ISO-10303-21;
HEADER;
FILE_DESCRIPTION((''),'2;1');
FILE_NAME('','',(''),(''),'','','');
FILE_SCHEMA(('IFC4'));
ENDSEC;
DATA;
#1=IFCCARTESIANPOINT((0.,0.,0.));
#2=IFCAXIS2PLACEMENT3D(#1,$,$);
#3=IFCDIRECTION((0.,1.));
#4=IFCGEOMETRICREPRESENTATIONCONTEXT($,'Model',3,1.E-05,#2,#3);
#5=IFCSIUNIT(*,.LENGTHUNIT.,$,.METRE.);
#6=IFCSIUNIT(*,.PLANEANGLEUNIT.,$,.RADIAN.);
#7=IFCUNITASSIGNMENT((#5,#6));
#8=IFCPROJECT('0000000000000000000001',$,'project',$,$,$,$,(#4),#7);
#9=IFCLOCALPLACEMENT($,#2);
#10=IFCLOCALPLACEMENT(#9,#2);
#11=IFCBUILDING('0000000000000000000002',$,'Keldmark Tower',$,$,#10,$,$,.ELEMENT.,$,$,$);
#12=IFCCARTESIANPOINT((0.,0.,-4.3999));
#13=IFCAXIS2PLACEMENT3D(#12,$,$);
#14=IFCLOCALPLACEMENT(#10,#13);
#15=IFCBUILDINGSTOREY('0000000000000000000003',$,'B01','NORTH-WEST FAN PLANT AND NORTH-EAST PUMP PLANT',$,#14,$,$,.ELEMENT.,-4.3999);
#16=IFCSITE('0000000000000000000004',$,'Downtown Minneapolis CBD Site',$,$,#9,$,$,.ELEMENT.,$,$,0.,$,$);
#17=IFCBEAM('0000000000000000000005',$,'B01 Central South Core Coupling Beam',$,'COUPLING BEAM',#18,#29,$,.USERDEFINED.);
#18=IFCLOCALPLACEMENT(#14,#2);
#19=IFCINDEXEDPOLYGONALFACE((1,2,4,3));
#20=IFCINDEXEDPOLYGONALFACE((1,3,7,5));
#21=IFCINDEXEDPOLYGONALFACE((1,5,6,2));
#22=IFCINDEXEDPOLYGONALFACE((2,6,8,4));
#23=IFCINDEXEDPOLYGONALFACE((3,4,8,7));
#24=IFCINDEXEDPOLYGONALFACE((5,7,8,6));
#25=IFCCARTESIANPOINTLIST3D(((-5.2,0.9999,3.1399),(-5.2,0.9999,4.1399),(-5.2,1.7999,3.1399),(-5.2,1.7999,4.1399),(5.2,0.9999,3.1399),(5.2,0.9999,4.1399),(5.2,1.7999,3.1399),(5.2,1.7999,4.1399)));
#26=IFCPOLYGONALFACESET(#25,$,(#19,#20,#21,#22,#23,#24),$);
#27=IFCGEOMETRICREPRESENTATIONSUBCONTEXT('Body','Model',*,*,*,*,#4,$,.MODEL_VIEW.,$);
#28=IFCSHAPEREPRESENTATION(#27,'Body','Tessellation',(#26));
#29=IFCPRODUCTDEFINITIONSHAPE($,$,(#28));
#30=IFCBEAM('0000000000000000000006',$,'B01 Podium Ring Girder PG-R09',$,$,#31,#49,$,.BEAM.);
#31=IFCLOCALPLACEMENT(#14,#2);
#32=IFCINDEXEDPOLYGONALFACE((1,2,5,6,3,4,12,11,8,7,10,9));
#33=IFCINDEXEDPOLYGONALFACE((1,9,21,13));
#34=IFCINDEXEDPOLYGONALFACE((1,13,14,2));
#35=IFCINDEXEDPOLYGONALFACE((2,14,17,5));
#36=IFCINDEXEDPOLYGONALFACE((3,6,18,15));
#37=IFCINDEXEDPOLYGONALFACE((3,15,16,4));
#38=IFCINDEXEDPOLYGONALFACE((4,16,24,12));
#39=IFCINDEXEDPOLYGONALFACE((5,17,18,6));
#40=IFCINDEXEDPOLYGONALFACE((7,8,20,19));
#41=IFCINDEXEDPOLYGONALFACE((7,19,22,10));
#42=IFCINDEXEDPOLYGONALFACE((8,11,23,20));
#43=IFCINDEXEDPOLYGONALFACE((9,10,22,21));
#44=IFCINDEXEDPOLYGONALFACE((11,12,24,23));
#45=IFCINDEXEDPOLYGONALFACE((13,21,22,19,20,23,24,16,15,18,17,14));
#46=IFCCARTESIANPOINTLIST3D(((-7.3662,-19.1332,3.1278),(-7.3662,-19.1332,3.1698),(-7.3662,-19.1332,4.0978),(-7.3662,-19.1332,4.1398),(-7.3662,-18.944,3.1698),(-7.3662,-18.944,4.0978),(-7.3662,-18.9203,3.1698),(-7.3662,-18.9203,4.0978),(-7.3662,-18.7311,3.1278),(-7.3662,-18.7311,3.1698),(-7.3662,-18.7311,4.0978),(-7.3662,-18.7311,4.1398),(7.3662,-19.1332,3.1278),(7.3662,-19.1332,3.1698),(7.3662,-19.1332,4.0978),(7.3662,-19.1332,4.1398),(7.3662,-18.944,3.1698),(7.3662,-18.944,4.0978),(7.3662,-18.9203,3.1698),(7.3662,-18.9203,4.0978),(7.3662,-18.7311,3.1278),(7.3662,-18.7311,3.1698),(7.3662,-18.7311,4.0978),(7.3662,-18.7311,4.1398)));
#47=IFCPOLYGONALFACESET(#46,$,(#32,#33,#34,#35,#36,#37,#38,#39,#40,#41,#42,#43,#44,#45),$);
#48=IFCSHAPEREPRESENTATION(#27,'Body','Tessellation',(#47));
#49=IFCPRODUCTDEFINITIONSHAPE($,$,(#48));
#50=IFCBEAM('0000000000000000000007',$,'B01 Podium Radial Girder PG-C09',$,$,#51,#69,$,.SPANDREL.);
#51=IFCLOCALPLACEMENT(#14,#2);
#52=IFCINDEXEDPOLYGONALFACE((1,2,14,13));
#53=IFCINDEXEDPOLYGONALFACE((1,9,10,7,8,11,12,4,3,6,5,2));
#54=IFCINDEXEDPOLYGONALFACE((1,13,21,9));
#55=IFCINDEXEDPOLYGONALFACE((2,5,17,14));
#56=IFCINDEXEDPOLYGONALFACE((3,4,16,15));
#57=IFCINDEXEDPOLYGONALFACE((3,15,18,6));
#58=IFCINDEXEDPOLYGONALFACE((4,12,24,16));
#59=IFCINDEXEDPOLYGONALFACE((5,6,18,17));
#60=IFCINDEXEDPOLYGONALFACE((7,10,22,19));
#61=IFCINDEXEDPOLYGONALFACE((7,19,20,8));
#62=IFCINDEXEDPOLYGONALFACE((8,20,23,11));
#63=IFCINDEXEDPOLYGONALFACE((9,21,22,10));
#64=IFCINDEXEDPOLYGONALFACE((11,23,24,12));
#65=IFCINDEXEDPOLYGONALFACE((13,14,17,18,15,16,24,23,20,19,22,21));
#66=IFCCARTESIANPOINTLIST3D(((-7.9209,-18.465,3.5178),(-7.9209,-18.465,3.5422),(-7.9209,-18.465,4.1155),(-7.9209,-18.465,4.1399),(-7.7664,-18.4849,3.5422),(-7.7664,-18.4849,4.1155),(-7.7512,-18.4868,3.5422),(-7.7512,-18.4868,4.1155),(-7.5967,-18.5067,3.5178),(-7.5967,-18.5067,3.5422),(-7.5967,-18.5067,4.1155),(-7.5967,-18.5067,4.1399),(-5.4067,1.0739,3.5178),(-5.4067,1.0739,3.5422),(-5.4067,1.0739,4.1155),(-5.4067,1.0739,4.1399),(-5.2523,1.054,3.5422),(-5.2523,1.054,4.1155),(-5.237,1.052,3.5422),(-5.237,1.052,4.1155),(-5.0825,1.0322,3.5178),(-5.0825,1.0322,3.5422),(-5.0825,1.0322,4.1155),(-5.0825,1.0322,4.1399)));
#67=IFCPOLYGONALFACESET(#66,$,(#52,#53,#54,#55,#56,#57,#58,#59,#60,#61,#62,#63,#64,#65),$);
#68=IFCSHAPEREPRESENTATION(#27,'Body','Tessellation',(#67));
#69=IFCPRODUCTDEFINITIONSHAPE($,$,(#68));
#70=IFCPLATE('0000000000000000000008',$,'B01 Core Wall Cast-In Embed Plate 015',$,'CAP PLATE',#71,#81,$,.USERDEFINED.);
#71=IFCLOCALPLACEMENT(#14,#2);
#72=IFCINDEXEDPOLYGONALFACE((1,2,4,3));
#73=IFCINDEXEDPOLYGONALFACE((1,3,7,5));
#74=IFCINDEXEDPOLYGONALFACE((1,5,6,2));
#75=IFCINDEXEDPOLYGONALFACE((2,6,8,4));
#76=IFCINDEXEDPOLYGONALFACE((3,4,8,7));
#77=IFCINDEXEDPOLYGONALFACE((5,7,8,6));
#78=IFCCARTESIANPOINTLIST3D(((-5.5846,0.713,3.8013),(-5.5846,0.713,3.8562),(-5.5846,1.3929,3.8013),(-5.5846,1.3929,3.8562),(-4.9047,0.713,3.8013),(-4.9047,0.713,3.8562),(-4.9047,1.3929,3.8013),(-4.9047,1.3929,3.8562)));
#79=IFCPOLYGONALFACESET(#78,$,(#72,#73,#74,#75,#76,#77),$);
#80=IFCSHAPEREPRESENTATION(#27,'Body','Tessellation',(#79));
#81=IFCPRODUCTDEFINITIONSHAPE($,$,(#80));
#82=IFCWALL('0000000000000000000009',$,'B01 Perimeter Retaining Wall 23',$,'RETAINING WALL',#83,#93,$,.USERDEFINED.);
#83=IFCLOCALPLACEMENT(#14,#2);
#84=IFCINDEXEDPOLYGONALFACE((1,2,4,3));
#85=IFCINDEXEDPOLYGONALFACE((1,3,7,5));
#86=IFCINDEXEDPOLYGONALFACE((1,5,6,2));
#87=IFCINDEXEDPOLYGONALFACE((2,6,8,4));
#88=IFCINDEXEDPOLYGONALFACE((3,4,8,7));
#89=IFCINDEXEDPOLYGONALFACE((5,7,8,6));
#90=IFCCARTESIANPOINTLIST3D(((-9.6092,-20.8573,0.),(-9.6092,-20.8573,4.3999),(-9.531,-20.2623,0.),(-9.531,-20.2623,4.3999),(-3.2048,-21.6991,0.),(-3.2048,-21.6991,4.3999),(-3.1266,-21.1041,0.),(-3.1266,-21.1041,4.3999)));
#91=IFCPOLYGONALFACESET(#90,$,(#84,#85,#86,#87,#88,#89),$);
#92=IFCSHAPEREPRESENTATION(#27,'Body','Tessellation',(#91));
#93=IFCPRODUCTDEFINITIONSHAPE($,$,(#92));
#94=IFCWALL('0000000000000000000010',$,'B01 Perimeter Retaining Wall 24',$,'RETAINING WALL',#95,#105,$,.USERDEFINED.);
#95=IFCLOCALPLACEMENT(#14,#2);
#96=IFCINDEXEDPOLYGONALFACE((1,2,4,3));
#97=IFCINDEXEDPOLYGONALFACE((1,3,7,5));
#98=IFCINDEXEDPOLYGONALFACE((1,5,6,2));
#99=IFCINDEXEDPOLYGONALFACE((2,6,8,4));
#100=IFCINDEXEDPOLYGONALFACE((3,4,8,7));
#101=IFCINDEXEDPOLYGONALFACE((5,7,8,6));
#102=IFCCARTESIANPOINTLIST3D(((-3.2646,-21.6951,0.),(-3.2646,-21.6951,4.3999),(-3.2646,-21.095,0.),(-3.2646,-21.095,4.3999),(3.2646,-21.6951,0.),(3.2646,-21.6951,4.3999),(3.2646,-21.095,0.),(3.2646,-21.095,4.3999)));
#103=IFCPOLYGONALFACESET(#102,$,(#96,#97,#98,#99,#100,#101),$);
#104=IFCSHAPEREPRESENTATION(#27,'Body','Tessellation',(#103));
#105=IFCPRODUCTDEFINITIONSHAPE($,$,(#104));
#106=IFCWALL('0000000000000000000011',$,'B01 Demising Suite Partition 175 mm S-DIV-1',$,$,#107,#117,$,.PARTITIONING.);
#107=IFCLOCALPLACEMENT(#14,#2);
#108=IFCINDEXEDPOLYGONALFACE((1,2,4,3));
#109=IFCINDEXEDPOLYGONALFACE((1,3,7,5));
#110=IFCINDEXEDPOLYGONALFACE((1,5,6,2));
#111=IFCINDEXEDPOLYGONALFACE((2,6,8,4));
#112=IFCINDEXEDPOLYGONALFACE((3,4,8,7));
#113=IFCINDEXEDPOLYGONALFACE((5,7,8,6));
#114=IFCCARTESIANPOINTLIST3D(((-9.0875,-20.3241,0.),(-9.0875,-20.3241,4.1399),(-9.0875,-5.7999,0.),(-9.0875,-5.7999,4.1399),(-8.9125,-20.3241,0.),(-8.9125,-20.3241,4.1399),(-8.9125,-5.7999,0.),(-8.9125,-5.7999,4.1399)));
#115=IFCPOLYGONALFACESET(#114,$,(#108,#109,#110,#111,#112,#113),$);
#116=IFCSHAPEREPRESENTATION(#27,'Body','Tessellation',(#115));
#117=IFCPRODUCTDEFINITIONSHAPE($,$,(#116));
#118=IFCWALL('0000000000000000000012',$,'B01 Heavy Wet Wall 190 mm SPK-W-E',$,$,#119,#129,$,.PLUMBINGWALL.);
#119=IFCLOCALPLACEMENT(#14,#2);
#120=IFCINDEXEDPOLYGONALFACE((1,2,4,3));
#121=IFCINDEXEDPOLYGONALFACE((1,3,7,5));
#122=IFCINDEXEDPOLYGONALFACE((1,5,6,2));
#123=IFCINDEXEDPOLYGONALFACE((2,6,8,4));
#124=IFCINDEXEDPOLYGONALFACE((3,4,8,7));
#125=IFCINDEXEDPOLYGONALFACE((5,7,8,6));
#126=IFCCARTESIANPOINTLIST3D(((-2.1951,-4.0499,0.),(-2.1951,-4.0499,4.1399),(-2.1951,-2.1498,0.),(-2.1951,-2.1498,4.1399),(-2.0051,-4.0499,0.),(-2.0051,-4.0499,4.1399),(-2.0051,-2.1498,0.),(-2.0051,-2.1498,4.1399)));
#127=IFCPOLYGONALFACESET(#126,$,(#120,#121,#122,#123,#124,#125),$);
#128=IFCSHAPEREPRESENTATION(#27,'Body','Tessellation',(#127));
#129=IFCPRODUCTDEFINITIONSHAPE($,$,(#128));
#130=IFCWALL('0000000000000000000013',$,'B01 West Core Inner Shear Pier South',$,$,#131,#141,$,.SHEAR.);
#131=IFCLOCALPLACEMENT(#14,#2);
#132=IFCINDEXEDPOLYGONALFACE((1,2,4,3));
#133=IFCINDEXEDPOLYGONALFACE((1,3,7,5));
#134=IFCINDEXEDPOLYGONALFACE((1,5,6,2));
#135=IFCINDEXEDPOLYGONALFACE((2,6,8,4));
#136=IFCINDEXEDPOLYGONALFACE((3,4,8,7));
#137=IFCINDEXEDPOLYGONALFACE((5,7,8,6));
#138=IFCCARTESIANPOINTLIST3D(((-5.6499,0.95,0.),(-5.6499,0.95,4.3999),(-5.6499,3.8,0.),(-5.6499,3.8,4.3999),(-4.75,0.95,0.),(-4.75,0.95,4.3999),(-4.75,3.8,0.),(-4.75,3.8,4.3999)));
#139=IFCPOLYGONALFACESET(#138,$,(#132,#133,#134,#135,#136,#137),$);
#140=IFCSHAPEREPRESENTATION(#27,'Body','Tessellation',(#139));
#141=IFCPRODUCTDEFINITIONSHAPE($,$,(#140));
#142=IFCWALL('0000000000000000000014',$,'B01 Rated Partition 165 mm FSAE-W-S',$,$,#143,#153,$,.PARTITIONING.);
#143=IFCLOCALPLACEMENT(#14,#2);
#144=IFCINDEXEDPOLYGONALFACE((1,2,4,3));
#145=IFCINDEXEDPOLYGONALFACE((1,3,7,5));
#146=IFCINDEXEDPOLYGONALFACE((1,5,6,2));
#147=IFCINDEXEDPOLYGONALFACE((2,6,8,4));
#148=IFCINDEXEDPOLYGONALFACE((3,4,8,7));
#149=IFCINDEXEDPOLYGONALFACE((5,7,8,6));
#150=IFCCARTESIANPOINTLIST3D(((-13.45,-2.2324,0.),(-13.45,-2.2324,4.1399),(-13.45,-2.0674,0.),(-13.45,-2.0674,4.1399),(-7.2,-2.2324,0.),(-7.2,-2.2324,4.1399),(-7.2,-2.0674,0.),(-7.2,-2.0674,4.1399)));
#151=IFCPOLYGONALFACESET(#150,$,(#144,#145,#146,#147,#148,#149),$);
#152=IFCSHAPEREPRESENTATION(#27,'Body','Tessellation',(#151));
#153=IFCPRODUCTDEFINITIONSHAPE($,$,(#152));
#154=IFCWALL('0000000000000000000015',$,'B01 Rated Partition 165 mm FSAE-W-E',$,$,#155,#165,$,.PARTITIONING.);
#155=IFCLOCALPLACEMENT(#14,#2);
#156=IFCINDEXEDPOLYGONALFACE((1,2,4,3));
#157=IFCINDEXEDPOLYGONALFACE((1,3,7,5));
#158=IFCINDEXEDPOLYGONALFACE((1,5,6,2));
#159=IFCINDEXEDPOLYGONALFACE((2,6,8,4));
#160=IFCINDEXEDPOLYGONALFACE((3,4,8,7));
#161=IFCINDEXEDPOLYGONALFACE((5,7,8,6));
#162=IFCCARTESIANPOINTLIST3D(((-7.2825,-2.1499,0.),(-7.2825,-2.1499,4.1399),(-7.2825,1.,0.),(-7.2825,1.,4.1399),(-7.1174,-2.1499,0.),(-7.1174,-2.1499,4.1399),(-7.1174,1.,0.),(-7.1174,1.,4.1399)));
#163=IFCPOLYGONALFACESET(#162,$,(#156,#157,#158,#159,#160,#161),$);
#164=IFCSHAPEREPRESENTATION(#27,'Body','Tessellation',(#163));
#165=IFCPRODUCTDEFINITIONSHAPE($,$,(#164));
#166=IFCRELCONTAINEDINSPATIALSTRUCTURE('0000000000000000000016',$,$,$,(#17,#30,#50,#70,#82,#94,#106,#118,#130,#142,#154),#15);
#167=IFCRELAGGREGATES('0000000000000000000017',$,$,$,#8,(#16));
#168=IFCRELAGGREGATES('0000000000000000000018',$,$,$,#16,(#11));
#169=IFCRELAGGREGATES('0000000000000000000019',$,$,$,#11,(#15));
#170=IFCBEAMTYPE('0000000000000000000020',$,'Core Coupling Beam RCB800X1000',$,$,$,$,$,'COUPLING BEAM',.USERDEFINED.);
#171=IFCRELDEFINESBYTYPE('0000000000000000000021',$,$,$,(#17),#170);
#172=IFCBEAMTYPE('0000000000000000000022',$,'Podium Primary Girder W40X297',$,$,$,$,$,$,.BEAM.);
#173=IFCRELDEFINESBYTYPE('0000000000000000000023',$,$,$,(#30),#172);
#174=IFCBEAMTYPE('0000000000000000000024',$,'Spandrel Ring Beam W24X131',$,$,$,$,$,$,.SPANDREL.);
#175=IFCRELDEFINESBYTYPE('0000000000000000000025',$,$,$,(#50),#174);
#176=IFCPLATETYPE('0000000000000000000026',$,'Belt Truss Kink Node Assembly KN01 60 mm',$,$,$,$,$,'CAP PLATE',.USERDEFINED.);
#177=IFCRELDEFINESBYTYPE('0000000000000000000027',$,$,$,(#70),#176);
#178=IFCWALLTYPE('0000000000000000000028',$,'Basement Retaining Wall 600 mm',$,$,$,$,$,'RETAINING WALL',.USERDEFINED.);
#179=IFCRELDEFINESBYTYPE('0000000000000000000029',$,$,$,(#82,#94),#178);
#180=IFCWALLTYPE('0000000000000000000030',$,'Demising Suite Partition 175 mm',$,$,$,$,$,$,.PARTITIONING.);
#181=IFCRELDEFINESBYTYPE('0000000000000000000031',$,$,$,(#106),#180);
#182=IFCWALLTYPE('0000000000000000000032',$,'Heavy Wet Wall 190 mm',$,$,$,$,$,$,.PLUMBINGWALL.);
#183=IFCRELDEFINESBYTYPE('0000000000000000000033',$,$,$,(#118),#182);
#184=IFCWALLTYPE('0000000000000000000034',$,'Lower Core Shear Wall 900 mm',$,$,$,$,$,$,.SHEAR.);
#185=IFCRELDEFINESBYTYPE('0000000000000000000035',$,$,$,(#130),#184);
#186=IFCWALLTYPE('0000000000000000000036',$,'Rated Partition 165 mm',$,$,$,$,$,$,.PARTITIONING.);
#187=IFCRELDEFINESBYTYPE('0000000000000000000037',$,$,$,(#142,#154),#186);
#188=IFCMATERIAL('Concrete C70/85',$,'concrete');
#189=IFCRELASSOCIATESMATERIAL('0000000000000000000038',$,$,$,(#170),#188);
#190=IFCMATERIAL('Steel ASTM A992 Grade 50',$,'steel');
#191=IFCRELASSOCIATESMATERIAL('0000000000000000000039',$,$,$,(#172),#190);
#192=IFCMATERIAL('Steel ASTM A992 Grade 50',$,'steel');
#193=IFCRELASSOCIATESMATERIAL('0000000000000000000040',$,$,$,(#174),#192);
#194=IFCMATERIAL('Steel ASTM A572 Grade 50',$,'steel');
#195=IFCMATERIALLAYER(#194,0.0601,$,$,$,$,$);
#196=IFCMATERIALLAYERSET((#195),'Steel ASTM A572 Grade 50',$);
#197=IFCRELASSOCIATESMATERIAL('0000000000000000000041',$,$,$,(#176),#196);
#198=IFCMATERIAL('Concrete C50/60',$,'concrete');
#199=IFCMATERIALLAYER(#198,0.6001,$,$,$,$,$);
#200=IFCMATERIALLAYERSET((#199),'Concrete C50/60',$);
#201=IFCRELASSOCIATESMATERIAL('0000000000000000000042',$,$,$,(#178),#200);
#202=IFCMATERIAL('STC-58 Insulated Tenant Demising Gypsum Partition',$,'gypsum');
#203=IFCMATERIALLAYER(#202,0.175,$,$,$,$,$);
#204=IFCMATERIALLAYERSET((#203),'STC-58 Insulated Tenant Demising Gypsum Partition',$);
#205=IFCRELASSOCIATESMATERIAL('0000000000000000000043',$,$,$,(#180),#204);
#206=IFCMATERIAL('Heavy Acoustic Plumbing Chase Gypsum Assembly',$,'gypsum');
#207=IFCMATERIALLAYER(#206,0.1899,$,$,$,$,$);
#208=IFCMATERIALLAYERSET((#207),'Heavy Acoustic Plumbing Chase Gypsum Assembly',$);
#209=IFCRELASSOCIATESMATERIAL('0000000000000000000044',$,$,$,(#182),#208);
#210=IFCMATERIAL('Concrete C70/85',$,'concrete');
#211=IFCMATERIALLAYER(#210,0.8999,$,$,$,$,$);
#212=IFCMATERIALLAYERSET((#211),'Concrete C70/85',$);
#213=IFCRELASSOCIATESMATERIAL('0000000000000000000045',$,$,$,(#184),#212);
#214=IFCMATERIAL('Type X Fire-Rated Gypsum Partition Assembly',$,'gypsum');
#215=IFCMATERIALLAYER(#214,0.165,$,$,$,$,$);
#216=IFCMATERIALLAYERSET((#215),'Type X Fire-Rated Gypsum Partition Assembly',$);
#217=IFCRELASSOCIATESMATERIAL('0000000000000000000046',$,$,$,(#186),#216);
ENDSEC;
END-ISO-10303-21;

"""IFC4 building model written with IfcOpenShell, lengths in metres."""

from ifc_helpers import new_model, si_unit, direction, frame, frame_2d, origin, origin_2d, place, context, subcontext, project, spatial, rectangle, i_section, extrude, material, layer, layer_set, material_profile, profile_set, type_object, element, save


model = new_model("IFC4")

# Units and contexts
model_context = context("Model", 3, precision=1e-05, world=origin(), true_north=direction((0.0, 1.0)))
body_context = subcontext(model_context, "Body", "Model", "MODEL_VIEW")
ifc_project = project(units=[si_unit("LENGTHUNIT", "METRE"), si_unit("PLANEANGLEUNIT", "RADIAN")], contexts=[model_context])

# Site, building, storey
site_placement = place(None, origin())
site = spatial("IfcSite", under=ifc_project, at=site_placement, Name="Downtown Minneapolis CBD Site", CompositionType="ELEMENT", RefElevation=0.0)
building_placement = place(site_placement, origin())
building = spatial("IfcBuilding", under=site, at=building_placement, Name="Keldmark Tower", CompositionType="ELEMENT")
storey_placement = place(building_placement, frame((0.0, 0.0, -4.3999)))
storey = spatial("IfcBuildingStorey", under=building, at=storey_placement, Name="B01", Description="NORTH-WEST FAN PLANT AND NORTH-EAST PUMP PLANT", CompositionType="ELEMENT", Elevation=-4.3999)

# Beams
ifc_material_1 = material(Name="Concrete C70/85", Category="concrete")
ifc_material_profile_1 = material_profile(ifc_material_1, rectangle(XDim=0.8, YDim=1.0, at=origin_2d()), Name="RCB800X1000")
ifc_profile_set_1 = profile_set([ifc_material_profile_1], Name="Concrete C70/85")
beam_type_1 = type_object("IfcBeamType", Name="Core Coupling Beam RCB800X1000", ElementType="COUPLING BEAM", PredefinedType="USERDEFINED", material=ifc_profile_set_1)
beam_1_placement = place(storey_placement, frame((-5.2, 1.3999, 3.6399), z_axis=(1.0, 0.0, 0.0), x_axis=(0.0, 1.0, 0.0)))
element("IfcBeam", 1, at=beam_1_placement, inside=storey, type_object=beam_type_1, Name="B01 Central South Core Coupling Beam", ObjectType="COUPLING BEAM", PredefinedType="USERDEFINED", context=body_context, shape_type="SweptSolid", body=[
    extrude(rectangle(XDim=0.8, YDim=1.0, at=origin_2d()), origin(), (0.0, 0.0, 1.0), 10.3999),
])
ifc_material_2 = material(Name="Steel ASTM A992 Grade 50", Category="steel")
ifc_material_profile_2 = material_profile(ifc_material_2, i_section(OverallWidth=0.4021, OverallDepth=1.012, WebThickness=0.0237, FlangeThickness=0.042, at=origin_2d()), Name="W40X297")
ifc_profile_set_2 = profile_set([ifc_material_profile_2], Name="Steel ASTM A992 Grade 50")
beam_type_2 = type_object("IfcBeamType", Name="Podium Primary Girder W40X297", PredefinedType="BEAM", material=ifc_profile_set_2)
beam_2_placement = place(storey_placement, frame((-7.3662, -18.9321, 3.6338), z_axis=(1.0, 0.0, 0.0), x_axis=(0.0, 1.0, 0.0)))
element("IfcBeam", 2, at=beam_2_placement, inside=storey, type_object=beam_type_2, Name="B01 Podium Ring Girder PG-R09", PredefinedType="BEAM", context=body_context, shape_type="SweptSolid", body=[
    extrude(i_section(OverallWidth=0.4021, OverallDepth=1.012, WebThickness=0.0237, FlangeThickness=0.042, at=origin_2d()), origin(), (0.0, 0.0, 1.0), 14.7324),
])
ifc_material_3 = material(Name="Steel ASTM A992 Grade 50", Category="steel")
ifc_material_profile_3 = material_profile(ifc_material_3, i_section(OverallWidth=0.3269, OverallDepth=0.6221, WebThickness=0.0154, FlangeThickness=0.0244, at=origin_2d()), Name="W24X131")
ifc_profile_set_3 = profile_set([ifc_material_profile_3], Name="Steel ASTM A992 Grade 50")
beam_type_3 = type_object("IfcBeamType", Name="Spandrel Ring Beam W24X131", PredefinedType="SPANDREL", material=ifc_profile_set_3)
beam_3_placement = place(storey_placement, frame((-7.7588, -18.4858, 3.8289), z_axis=(0.127623, 0.991823, 0.0), x_axis=(-0.991823, 0.127623, 0.0)))
element("IfcBeam", 3, at=beam_3_placement, inside=storey, type_object=beam_type_3, Name="B01 Podium Radial Girder PG-C09", PredefinedType="SPANDREL", context=body_context, shape_type="SweptSolid", body=[
    extrude(i_section(OverallWidth=0.3269, OverallDepth=0.6221, WebThickness=0.0154, FlangeThickness=0.0244, at=origin_2d()), origin(), (0.0, 0.0, 1.0), 19.7),
])

# Plate
ifc_material_4 = material(Name="Steel ASTM A572 Grade 50", Category="steel")
ifc_layer_1 = layer(ifc_material_4, 0.0601)
ifc_layer_set_1 = layer_set([ifc_layer_1], Name="Steel ASTM A572 Grade 50")
plate_type = type_object("IfcPlateType", Name="Belt Truss Kink Node Assembly KN01 60 mm", ElementType="CAP PLATE", PredefinedType="USERDEFINED", material=ifc_layer_set_1)
plate_placement = place(storey_placement, frame((-5.2446, 1.053, 3.8013), z_axis=(0.0, 0.0, 1.0), x_axis=(1.0, 0.0, 0.0)))
element("IfcPlate", 4, at=plate_placement, inside=storey, type_object=plate_type, Name="B01 Core Wall Cast-In Embed Plate 015", ObjectType="CAP PLATE", PredefinedType="USERDEFINED", context=body_context, shape_type="SweptSolid", body=[
    extrude(rectangle(XDim=0.6799, YDim=0.6799, at=origin_2d()), origin(), (0.0, 0.0, 1.0), 0.0549),
])

# Walls
ifc_material_5 = material(Name="Concrete C50/60", Category="concrete")
ifc_layer_2 = layer(ifc_material_5, 0.6001)
ifc_layer_set_2 = layer_set([ifc_layer_2], Name="Concrete C50/60")
wall_type_1 = type_object("IfcWallType", Name="Basement Retaining Wall 600 mm", ElementType="RETAINING WALL", PredefinedType="USERDEFINED", material=ifc_layer_set_2)
wall_1_placement = place(storey_placement, frame((-9.5701, -20.5598, 0.0), z_axis=(0.0, 0.0, 1.0), x_axis=(0.991472, -0.130322, 0.0)))
element("IfcWall", 5, at=wall_1_placement, inside=storey, type_object=wall_type_1, Name="B01 Perimeter Retaining Wall 23", ObjectType="RETAINING WALL", PredefinedType="USERDEFINED", context=body_context, shape_type="SweptSolid", body=[
    extrude(rectangle(XDim=6.4595, YDim=0.6001, at=frame_2d((3.2297, 0.0))), origin(), (0.0, 0.0, 1.0), 4.3999),
])
wall_2_placement = place(storey_placement, frame((-3.2646, -21.395, 0.0), z_axis=(0.0, 0.0, 1.0), x_axis=(1.0, 0.0, 0.0)))
element("IfcWall", 6, at=wall_2_placement, inside=storey, type_object=wall_type_1, Name="B01 Perimeter Retaining Wall 24", ObjectType="RETAINING WALL", PredefinedType="USERDEFINED", context=body_context, shape_type="SweptSolid", body=[
    extrude(rectangle(XDim=6.5293, YDim=0.6001, at=frame_2d((3.2646, 0.0))), origin(), (0.0, 0.0, 1.0), 4.3999),
])
ifc_material_6 = material(Name="STC-58 Insulated Tenant Demising Gypsum Partition", Category="gypsum")
ifc_layer_3 = layer(ifc_material_6, 0.175)
ifc_layer_set_3 = layer_set([ifc_layer_3], Name="STC-58 Insulated Tenant Demising Gypsum Partition")
wall_type_2 = type_object("IfcWallType", Name="Demising Suite Partition 175 mm", PredefinedType="PARTITIONING", material=ifc_layer_set_3)
wall_3_placement = place(storey_placement, frame((-9.0, -20.3242, 0.0), z_axis=(0.0, 0.0, 1.0), x_axis=(0.0, 1.0, 0.0)))
element("IfcWall", 7, at=wall_3_placement, inside=storey, type_object=wall_type_2, Name="B01 Demising Suite Partition 175 mm S-DIV-1", PredefinedType="PARTITIONING", context=body_context, shape_type="SweptSolid", body=[
    extrude(rectangle(XDim=14.5242, YDim=0.175, at=frame_2d((7.2622, 0.0))), origin(), (0.0, 0.0, 1.0), 4.1399),
])
ifc_material_7 = material(Name="Heavy Acoustic Plumbing Chase Gypsum Assembly", Category="gypsum")
ifc_layer_4 = layer(ifc_material_7, 0.1899)
ifc_layer_set_4 = layer_set([ifc_layer_4], Name="Heavy Acoustic Plumbing Chase Gypsum Assembly")
wall_type_3 = type_object("IfcWallType", Name="Heavy Wet Wall 190 mm", PredefinedType="PLUMBINGWALL", material=ifc_layer_set_4)
wall_4_placement = place(storey_placement, frame((-2.1001, -4.05, 0.0), z_axis=(0.0, 0.0, 1.0), x_axis=(0.0, 1.0, 0.0)))
element("IfcWall", 8, at=wall_4_placement, inside=storey, type_object=wall_type_3, Name="B01 Heavy Wet Wall 190 mm SPK-W-E", PredefinedType="PLUMBINGWALL", context=body_context, shape_type="SweptSolid", body=[
    extrude(rectangle(XDim=1.9001, YDim=0.1899, at=frame_2d((0.9502, 0.0))), origin(), (0.0, 0.0, 1.0), 4.1399),
])

# Shared definitions
ifc_material_8 = material(Name="Concrete C70/85", Category="concrete")
ifc_layer_5 = layer(ifc_material_8, 0.8999)
ifc_layer_set_5 = layer_set([ifc_layer_5], Name="Concrete C70/85")
wall_type_4 = type_object("IfcWallType", Name="Lower Core Shear Wall 900 mm", PredefinedType="SHEAR", material=ifc_layer_set_5)

# Walls
wall_5_placement = place(storey_placement, frame((-5.2, 0.95, 0.0), z_axis=(0.0, 0.0, 1.0), x_axis=(0.0, 1.0, 0.0)))
element("IfcWall", 9, at=wall_5_placement, inside=storey, type_object=wall_type_4, Name="B01 West Core Inner Shear Pier South", PredefinedType="SHEAR", context=body_context, shape_type="SweptSolid", body=[
    extrude(rectangle(XDim=2.8501, YDim=0.8999, at=frame_2d((1.425, 0.0))), origin(), (0.0, 0.0, 1.0), 4.3999),
])
ifc_material_9 = material(Name="Type X Fire-Rated Gypsum Partition Assembly", Category="gypsum")
ifc_layer_6 = layer(ifc_material_9, 0.165)
ifc_layer_set_6 = layer_set([ifc_layer_6], Name="Type X Fire-Rated Gypsum Partition Assembly")
wall_type_5 = type_object("IfcWallType", Name="Rated Partition 165 mm", PredefinedType="PARTITIONING", material=ifc_layer_set_6)
wall_6_placement = place(storey_placement, frame((-13.45, -2.1499, 0.0), z_axis=(0.0, 0.0, 1.0), x_axis=(1.0, 0.0, 0.0)))
element("IfcWall", 10, at=wall_6_placement, inside=storey, type_object=wall_type_5, Name="B01 Rated Partition 165 mm FSAE-W-S", PredefinedType="PARTITIONING", context=body_context, shape_type="SweptSolid", body=[
    extrude(rectangle(XDim=6.25, YDim=0.165, at=frame_2d((3.125, 0.0))), origin(), (0.0, 0.0, 1.0), 4.1399),
])

# Wall
wall_7_placement = place(storey_placement, frame((-7.2, -2.1499, 0.0), z_axis=(0.0, 0.0, 1.0), x_axis=(0.0, 1.0, 0.0)))
element("IfcWall", 11, at=wall_7_placement, inside=storey, type_object=wall_type_5, Name="B01 Rated Partition 165 mm FSAE-W-E", PredefinedType="PARTITIONING", context=body_context, shape_type="SweptSolid", body=[
    extrude(rectangle(XDim=3.1499, YDim=0.165, at=frame_2d((1.575, 0.0))), origin(), (0.0, 0.0, 1.0), 4.1399),
])

save(model, "model.ifc")
